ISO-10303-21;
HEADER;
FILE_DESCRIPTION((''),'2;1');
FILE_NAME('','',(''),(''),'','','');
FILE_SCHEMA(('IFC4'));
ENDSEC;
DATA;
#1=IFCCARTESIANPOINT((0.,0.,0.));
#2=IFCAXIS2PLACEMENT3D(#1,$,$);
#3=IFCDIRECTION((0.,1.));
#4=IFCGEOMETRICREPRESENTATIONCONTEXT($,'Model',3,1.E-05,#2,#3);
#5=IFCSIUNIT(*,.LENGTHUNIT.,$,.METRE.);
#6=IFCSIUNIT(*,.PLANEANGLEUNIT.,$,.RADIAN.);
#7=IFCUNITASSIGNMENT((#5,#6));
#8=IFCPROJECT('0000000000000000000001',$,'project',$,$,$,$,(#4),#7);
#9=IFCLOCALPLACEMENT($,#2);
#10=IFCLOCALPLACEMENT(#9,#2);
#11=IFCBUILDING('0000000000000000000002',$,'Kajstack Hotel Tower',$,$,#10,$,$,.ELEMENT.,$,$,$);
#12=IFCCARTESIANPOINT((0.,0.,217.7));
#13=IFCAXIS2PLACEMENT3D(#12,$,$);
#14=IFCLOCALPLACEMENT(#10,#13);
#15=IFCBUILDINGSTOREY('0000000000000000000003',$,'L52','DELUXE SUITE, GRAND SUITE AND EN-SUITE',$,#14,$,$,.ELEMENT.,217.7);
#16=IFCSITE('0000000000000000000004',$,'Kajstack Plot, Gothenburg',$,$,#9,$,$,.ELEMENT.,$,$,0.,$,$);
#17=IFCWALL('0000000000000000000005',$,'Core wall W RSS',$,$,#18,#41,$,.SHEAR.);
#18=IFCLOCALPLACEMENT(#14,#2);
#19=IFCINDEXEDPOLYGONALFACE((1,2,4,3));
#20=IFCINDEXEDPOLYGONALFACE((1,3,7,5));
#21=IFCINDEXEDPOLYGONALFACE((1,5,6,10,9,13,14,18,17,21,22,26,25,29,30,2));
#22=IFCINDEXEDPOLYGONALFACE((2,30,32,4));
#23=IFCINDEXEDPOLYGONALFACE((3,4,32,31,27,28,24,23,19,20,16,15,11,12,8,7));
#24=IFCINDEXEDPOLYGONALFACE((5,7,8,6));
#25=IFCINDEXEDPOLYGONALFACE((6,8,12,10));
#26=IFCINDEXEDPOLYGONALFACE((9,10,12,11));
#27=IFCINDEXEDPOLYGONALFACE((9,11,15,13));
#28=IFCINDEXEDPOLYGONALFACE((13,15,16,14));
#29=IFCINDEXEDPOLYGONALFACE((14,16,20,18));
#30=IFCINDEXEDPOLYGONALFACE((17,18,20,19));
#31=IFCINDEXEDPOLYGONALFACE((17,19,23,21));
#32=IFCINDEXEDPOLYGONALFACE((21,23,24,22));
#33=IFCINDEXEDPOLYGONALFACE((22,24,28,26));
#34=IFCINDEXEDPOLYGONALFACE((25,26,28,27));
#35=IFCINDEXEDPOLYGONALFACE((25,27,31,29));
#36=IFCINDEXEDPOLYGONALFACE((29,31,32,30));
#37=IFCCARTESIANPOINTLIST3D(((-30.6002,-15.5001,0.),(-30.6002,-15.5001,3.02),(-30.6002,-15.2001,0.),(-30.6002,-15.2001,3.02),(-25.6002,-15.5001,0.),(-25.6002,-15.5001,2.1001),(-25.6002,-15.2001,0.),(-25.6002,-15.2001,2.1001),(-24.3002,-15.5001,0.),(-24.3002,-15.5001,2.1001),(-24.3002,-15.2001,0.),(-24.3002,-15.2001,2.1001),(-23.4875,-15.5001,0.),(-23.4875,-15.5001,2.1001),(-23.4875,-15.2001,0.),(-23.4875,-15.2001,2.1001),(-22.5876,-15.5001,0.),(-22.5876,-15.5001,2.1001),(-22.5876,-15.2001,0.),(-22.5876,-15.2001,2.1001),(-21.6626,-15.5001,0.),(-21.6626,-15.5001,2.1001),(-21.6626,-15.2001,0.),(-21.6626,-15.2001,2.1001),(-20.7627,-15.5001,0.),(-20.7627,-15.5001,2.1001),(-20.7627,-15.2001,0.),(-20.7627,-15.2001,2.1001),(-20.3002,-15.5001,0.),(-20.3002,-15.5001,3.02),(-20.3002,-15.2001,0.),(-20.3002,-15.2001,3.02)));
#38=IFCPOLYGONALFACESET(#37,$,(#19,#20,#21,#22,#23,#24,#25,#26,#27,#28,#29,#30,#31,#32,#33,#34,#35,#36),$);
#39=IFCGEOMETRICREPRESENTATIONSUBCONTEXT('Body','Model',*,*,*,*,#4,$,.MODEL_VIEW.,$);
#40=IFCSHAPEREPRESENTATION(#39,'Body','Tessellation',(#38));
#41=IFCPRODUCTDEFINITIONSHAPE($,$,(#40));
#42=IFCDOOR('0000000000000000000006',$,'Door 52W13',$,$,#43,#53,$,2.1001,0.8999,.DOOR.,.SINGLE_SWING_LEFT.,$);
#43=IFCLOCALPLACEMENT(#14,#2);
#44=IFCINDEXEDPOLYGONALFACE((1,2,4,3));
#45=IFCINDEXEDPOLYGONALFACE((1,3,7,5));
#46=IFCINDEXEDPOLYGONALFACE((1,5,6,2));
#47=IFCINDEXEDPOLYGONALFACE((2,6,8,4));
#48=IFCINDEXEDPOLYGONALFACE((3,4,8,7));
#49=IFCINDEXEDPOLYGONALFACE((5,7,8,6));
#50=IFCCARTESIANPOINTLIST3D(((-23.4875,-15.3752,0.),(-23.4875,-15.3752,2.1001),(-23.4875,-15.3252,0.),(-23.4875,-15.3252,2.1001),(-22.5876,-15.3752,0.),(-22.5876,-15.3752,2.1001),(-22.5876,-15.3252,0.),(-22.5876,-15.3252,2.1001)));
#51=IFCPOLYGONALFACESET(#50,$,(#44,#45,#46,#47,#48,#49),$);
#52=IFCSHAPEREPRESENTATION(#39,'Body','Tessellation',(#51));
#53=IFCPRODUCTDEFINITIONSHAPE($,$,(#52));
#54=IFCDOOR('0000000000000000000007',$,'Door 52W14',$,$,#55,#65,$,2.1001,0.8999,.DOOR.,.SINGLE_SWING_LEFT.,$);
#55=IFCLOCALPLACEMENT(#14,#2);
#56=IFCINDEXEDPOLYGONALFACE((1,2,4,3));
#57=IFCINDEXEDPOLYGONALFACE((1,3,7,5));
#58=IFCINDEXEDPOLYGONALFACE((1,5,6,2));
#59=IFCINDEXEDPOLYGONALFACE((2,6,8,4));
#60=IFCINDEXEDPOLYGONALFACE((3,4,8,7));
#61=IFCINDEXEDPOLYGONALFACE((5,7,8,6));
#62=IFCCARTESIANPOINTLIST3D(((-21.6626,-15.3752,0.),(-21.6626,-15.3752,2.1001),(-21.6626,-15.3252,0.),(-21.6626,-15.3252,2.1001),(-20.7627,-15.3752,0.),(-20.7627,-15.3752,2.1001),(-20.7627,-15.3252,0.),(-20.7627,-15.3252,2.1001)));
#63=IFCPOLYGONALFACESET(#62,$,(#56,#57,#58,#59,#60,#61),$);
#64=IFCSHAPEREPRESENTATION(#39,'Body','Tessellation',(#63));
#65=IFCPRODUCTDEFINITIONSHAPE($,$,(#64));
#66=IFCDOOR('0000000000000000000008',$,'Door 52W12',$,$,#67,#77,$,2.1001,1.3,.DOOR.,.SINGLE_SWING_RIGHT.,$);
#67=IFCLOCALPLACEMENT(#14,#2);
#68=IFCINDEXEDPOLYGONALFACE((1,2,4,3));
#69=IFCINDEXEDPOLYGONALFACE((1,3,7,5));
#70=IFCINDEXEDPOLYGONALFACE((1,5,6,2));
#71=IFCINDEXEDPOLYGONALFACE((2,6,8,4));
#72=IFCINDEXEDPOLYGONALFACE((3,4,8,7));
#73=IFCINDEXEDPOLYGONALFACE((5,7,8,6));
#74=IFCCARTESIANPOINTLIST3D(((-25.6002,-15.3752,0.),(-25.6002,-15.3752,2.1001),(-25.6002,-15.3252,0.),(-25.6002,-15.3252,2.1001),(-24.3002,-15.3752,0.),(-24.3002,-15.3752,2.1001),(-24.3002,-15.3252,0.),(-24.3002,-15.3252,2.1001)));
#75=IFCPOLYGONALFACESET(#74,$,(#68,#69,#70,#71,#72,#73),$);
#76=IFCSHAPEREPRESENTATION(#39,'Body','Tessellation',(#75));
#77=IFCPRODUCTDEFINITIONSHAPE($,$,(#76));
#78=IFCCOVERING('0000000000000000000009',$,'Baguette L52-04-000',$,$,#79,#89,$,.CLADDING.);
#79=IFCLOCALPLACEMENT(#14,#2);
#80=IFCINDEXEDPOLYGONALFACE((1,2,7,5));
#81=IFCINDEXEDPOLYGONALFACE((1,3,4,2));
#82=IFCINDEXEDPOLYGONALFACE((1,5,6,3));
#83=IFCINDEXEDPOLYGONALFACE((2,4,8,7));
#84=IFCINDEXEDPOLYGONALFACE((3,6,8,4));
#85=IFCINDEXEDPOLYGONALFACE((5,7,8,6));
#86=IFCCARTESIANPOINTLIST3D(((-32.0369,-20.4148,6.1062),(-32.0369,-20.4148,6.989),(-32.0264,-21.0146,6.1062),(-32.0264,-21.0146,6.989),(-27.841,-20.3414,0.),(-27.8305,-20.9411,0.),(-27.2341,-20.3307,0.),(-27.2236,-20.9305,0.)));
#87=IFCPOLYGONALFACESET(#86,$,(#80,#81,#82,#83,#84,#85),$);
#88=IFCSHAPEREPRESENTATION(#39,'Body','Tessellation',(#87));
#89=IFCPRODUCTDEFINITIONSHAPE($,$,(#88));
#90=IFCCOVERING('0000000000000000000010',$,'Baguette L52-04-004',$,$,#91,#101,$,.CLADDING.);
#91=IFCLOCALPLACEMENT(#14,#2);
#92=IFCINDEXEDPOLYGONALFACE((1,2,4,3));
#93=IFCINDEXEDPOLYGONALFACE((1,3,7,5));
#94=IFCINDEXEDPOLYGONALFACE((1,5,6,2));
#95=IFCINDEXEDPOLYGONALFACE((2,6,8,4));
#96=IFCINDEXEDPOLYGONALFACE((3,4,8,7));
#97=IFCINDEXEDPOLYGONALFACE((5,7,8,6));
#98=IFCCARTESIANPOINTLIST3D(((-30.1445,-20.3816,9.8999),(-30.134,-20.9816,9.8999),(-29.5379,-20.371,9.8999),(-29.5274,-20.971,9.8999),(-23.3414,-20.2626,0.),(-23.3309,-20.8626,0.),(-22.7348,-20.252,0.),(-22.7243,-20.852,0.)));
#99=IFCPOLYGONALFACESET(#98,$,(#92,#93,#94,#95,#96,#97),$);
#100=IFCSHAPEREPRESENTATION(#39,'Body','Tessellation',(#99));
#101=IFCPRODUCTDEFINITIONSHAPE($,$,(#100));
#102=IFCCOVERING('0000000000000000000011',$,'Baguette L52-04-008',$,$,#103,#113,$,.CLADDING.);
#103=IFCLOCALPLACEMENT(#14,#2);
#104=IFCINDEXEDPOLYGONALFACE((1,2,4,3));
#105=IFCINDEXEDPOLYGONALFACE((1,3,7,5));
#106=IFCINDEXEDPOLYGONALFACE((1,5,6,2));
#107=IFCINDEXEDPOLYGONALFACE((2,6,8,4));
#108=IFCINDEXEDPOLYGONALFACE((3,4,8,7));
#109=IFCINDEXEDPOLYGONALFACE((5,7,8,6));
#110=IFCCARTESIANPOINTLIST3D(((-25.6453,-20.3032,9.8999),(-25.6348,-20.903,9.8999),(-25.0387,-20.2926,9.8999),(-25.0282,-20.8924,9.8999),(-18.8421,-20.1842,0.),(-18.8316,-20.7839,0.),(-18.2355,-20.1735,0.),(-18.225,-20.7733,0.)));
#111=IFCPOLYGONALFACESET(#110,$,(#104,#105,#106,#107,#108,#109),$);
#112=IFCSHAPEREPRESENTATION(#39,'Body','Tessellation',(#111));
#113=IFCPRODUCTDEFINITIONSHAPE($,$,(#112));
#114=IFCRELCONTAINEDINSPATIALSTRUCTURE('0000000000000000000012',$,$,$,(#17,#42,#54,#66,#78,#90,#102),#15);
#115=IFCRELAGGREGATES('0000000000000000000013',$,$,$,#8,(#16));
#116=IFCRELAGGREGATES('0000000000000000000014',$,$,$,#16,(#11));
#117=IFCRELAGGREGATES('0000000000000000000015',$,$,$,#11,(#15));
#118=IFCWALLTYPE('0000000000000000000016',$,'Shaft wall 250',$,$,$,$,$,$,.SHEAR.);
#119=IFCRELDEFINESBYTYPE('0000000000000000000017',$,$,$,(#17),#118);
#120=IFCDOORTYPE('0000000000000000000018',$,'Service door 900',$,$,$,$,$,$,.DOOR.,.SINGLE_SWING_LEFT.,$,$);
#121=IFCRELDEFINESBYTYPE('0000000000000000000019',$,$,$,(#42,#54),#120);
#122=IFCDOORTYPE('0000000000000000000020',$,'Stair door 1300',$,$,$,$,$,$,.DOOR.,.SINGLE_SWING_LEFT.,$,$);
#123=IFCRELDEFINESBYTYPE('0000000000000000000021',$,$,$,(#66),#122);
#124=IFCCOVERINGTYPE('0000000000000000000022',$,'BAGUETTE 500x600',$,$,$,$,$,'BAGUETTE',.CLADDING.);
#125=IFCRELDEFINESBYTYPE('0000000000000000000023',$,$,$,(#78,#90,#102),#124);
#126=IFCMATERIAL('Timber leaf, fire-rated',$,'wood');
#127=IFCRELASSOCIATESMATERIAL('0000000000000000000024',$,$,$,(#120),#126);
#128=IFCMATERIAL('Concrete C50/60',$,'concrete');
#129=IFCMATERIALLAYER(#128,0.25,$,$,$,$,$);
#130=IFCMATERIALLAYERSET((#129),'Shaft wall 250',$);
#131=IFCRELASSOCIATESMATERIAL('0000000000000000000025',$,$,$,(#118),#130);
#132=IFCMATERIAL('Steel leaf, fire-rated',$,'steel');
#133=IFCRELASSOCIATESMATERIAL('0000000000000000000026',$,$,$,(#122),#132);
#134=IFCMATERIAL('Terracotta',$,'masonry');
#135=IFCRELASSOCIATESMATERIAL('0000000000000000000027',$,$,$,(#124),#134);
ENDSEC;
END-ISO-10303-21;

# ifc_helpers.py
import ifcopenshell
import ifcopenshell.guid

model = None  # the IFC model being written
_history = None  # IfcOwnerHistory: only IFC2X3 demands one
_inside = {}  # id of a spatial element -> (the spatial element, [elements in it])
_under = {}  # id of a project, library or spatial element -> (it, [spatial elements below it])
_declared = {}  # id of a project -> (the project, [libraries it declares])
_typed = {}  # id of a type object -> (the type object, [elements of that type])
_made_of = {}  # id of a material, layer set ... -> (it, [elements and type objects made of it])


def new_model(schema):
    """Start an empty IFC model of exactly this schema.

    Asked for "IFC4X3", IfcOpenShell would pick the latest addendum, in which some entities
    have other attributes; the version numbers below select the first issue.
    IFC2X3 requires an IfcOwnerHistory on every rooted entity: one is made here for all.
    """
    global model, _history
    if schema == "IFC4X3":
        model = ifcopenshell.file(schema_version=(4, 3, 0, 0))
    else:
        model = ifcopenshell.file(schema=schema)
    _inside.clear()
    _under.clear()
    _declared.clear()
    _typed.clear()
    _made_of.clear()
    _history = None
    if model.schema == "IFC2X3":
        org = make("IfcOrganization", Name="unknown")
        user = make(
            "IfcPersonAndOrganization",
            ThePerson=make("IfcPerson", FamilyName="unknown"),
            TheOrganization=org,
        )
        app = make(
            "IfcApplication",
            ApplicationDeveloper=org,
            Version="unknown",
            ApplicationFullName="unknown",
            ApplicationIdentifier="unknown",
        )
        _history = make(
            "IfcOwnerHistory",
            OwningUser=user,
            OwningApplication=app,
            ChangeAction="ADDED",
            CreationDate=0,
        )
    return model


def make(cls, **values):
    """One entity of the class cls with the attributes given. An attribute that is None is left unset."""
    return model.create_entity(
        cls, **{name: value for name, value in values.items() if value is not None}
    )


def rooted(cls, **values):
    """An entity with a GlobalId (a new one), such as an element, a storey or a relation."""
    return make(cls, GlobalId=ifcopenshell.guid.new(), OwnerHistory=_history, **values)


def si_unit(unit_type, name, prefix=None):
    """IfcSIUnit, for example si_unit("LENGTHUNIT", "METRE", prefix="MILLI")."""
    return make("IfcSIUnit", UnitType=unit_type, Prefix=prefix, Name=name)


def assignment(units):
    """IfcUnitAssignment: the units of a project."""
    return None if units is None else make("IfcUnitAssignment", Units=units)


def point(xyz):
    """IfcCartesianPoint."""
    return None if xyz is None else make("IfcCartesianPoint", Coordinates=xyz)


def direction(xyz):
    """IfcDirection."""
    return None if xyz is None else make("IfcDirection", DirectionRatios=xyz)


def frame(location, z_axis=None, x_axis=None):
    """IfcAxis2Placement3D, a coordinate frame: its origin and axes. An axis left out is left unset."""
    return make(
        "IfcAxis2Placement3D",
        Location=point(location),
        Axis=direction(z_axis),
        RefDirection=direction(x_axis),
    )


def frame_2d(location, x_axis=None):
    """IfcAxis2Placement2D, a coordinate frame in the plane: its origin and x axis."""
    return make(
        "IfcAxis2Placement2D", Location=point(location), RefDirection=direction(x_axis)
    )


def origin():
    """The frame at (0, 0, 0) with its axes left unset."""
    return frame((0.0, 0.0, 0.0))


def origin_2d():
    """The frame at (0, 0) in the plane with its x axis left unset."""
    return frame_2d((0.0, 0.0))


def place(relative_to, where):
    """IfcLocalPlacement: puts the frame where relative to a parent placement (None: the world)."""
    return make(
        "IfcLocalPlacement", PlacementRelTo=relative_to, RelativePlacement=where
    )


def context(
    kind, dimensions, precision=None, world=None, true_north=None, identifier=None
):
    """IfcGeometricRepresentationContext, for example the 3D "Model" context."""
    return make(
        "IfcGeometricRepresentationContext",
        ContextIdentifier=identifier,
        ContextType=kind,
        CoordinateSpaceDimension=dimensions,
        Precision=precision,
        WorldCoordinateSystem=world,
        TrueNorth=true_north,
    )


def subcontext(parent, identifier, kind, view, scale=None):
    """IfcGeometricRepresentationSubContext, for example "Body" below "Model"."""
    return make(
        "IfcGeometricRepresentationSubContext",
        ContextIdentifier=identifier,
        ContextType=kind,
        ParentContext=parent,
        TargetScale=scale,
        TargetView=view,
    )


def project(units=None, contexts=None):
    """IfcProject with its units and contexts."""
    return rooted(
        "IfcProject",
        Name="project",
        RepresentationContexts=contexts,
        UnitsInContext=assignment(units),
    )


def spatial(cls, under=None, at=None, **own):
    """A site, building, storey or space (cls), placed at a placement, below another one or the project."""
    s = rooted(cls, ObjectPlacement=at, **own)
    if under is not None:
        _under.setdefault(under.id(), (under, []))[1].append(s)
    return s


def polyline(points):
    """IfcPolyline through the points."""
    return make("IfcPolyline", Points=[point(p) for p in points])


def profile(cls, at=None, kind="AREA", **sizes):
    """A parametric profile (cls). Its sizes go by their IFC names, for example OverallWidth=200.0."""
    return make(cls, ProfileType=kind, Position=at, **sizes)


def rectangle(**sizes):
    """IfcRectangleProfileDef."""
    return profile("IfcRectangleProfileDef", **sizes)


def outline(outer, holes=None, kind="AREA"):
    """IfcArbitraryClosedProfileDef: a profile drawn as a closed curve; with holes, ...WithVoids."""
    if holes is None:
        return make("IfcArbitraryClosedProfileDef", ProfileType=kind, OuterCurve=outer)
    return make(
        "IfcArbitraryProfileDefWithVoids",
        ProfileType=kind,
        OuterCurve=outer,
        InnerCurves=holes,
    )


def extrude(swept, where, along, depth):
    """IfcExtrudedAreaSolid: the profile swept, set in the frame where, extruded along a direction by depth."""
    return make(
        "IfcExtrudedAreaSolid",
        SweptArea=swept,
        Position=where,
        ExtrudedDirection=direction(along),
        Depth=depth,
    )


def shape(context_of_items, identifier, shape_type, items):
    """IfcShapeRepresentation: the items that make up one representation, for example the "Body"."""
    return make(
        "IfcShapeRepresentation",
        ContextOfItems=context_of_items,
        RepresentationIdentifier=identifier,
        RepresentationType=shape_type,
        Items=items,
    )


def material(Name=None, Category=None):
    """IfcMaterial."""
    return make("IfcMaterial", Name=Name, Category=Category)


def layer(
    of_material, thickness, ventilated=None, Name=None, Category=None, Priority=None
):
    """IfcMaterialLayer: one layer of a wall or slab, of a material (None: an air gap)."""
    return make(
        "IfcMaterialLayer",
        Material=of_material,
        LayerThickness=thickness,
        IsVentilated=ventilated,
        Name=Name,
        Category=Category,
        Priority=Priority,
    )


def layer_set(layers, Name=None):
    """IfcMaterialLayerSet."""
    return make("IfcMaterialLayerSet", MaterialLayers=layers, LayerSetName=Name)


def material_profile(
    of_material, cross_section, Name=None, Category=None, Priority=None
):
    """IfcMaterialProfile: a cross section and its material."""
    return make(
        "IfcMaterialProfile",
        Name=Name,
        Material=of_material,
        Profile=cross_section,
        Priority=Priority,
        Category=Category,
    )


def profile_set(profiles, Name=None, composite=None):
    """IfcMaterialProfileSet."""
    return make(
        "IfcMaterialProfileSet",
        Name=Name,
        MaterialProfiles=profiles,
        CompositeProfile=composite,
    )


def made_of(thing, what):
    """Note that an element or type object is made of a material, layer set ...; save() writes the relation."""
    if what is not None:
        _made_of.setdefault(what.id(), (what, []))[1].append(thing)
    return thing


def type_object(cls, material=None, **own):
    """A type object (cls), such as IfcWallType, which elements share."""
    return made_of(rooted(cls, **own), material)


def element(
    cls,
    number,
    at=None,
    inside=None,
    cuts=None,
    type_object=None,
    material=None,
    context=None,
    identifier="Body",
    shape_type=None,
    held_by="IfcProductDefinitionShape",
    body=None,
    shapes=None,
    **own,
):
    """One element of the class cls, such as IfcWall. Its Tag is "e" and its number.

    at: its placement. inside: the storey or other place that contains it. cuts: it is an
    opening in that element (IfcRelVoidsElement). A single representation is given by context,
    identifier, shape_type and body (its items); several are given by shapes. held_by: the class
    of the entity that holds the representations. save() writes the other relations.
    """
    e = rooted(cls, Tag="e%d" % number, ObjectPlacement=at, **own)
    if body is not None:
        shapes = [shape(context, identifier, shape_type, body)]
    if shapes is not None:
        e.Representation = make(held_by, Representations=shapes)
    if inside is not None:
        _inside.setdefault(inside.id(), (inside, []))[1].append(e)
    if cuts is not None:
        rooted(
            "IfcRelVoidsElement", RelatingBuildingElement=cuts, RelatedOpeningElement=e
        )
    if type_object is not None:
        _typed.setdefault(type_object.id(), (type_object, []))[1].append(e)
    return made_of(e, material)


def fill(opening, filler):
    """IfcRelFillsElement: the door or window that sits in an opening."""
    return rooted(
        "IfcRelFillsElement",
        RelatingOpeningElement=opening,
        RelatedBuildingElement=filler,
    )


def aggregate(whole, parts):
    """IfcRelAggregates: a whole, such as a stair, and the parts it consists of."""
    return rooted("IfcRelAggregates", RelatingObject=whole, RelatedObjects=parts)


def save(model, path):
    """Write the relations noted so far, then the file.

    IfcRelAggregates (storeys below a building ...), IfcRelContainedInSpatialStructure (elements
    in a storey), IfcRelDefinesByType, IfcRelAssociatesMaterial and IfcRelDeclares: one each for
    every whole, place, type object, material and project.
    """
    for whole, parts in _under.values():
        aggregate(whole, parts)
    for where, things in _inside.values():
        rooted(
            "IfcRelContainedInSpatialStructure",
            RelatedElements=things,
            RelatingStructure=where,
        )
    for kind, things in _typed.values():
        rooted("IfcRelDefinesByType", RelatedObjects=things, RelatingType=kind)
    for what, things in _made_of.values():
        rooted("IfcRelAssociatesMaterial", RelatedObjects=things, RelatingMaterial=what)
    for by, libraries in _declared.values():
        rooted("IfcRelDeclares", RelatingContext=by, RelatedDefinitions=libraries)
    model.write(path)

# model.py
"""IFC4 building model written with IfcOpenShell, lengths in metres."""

from ifc_helpers import new_model, si_unit, direction, frame, frame_2d, origin, origin_2d, place, context, subcontext, project, spatial, polyline, rectangle, outline, extrude, material, layer, layer_set, material_profile, profile_set, type_object, element, fill, save


model = new_model("IFC4")

# Units and contexts
model_context = context("Model", 3, precision=1e-05, world=origin(), true_north=direction((0.0, 1.0)))
body_context = subcontext(model_context, "Body", "Model", "MODEL_VIEW")
ifc_project = project(units=[si_unit("LENGTHUNIT", "METRE"), si_unit("PLANEANGLEUNIT", "RADIAN")], contexts=[model_context])

# Site, building, storey
site_placement = place(None, origin())
site = spatial("IfcSite", under=ifc_project, at=site_placement, Name="Kajstack Plot, Gothenburg", CompositionType="ELEMENT", RefElevation=0.0)
building_placement = place(site_placement, origin())
building = spatial("IfcBuilding", under=site, at=building_placement, Name="Kajstack Hotel Tower", CompositionType="ELEMENT")
storey_placement = place(building_placement, frame((0.0, 0.0, 217.7)))
storey = spatial("IfcBuildingStorey", under=building, at=storey_placement, Name="L52", Description="DELUXE SUITE, GRAND SUITE AND EN-SUITE", CompositionType="ELEMENT", Elevation=217.7)

# Wall, openings, doors
ifc_material_1 = material(Name="Timber leaf, fire-rated", Category="wood")
door_type_1 = type_object("IfcDoorType", Name="Service door 900", OperationType="SINGLE_SWING_LEFT", PredefinedType="DOOR", material=ifc_material_1)
ifc_material_2 = material(Name="Concrete C50/60", Category="concrete")
ifc_layer_1 = layer(ifc_material_2, 0.25)
ifc_layer_set_1 = layer_set([ifc_layer_1], Name="Shaft wall 250")
wall_type_1 = type_object("IfcWallType", Name="Shaft wall 250", PredefinedType="SHEAR", material=ifc_layer_set_1)
wall_1_placement = place(storey_placement, frame((-30.6001, -15.3501, 0.0), z_axis=(0.0, 0.0, 1.0), x_axis=(1.0, 0.0, 0.0)))
wall_1 = element("IfcWall", 1, at=wall_1_placement, inside=storey, type_object=wall_type_1, Name="Core wall W RSS", PredefinedType="SHEAR", context=body_context, shape_type="SweptSolid", body=[
    extrude(rectangle(XDim=10.3, YDim=0.3, at=frame_2d((5.1499, 0.0))), origin(), (0.0, 0.0, 1.0), 3.02),
])
opening_1_placement = place(wall_1_placement, frame((5.0, 0.0, 0.0)))
opening_1 = element("IfcOpeningElement", 2, at=opening_1_placement, cuts=wall_1, PredefinedType="OPENING", context=body_context, shape_type="SweptSolid", body=[
    extrude(rectangle(XDim=1.3, YDim=2.1001, at=frame_2d((0.6499, 1.05))), frame((0.0, 0.1599, 0.0), z_axis=(0.0, -1.0, 0.0), x_axis=(1.0, 0.0, 0.0)), (0.0, 0.0, 1.0), 0.3201),
])
opening_2_placement = place(wall_1_placement, frame((7.1125, 0.0, 0.0)))
opening_2 = element("IfcOpeningElement", 3, at=opening_2_placement, cuts=wall_1, PredefinedType="OPENING", context=body_context, shape_type="SweptSolid", body=[
    extrude(rectangle(XDim=0.8999, YDim=2.1001, at=frame_2d((0.45, 1.05))), frame((0.0, 0.1599, 0.0), z_axis=(0.0, -1.0, 0.0), x_axis=(1.0, 0.0, 0.0)), (0.0, 0.0, 1.0), 0.3201),
])
opening_3_placement = place(wall_1_placement, frame((8.9375, 0.0, 0.0)))
opening_3 = element("IfcOpeningElement", 4, at=opening_3_placement, cuts=wall_1, PredefinedType="OPENING", context=body_context, shape_type="SweptSolid", body=[
    extrude(rectangle(XDim=0.8999, YDim=2.1001, at=frame_2d((0.45, 1.05))), frame((0.0, 0.1599, 0.0), z_axis=(0.0, -1.0, 0.0), x_axis=(1.0, 0.0, 0.0)), (0.0, 0.0, 1.0), 0.3201),
])
door_1_placement = place(opening_2_placement, origin())
door_1 = element("IfcDoor", 5, at=door_1_placement, inside=storey, type_object=door_type_1, Name="Door 52W13", OperationType="SINGLE_SWING_LEFT", OverallHeight=2.1001, OverallWidth=0.8999, PredefinedType="DOOR", context=body_context, shape_type="SweptSolid", body=[
    extrude(rectangle(XDim=0.8999, YDim=2.1001, at=frame_2d((0.45, 1.05))), frame((0.0, 0.0249, 0.0), z_axis=(0.0, -1.0, 0.0), x_axis=(1.0, 0.0, 0.0)), (0.0, 0.0, 1.0), 0.05),
])
fill(opening_2, door_1)
door_2_placement = place(opening_3_placement, origin())
door_2 = element("IfcDoor", 6, at=door_2_placement, inside=storey, type_object=door_type_1, Name="Door 52W14", OperationType="SINGLE_SWING_LEFT", OverallHeight=2.1001, OverallWidth=0.8999, PredefinedType="DOOR", context=body_context, shape_type="SweptSolid", body=[
    extrude(rectangle(XDim=0.8999, YDim=2.1001, at=frame_2d((0.45, 1.05))), frame((0.0, 0.0249, 0.0), z_axis=(0.0, -1.0, 0.0), x_axis=(1.0, 0.0, 0.0)), (0.0, 0.0, 1.0), 0.05),
])
fill(opening_3, door_2)
ifc_material_3 = material(Name="Steel leaf, fire-rated", Category="steel")
door_type_2 = type_object("IfcDoorType", Name="Stair door 1300", OperationType="SINGLE_SWING_LEFT", PredefinedType="DOOR", material=ifc_material_3)
door_3_placement = place(opening_1_placement, origin())
door_3 = element("IfcDoor", 7, at=door_3_placement, inside=storey, type_object=door_type_2, Name="Door 52W12", OperationType="SINGLE_SWING_RIGHT", OverallHeight=2.1001, OverallWidth=1.3, PredefinedType="DOOR", context=body_context, shape_type="SweptSolid", body=[
    extrude(rectangle(XDim=1.3, YDim=2.1001, at=frame_2d((0.6499, 1.05))), frame((0.0, 0.0249, 0.0), z_axis=(0.0, -1.0, 0.0), x_axis=(1.0, 0.0, 0.0)), (0.0, 0.0, 1.0), 0.05),
])
fill(opening_1, door_3)

# Coverings
ifc_material_4 = material(Name="Terracotta", Category="masonry")
ifc_material_profile = material_profile(ifc_material_4, rectangle(XDim=0.6001, YDim=0.5, at=origin_2d()), Name="Terracotta-clad concrete baguette 500 x 600")
ifc_profile_set = profile_set([ifc_material_profile], Name="Terracotta")
covering_type = type_object("IfcCoveringType", Name="BAGUETTE 500x600", ElementType="BAGUETTE", PredefinedType="CLADDING", material=ifc_profile_set)
covering_1_placement = place(storey_placement, frame((-32.0369, -20.4148, 0.0), z_axis=(0.017498, -0.999847, 0.0), x_axis=(0.999847, 0.017498, 0.0)))
element("IfcCovering", 8, at=covering_1_placement, inside=storey, type_object=covering_type, Name="Baguette L52-04-000", PredefinedType="CLADDING", context=body_context, shape_type="SweptSolid", body=[
    extrude(outline(polyline([(4.8035, 0.0), (0.0, 6.989), (0.0, 6.1062), (4.1965, 0.0), (4.8035, 0.0)])), origin(), (0.0, 0.0, 1.0), 0.5999),
])
covering_2_placement = place(storey_placement, frame((-30.1445, -20.3816, 0.0), z_axis=(0.017491, -0.999847, 0.0), x_axis=(0.999847, 0.017491, 0.0)))
element("IfcCovering", 9, at=covering_2_placement, inside=storey, type_object=covering_type, Name="Baguette L52-04-004", PredefinedType="CLADDING", context=body_context, shape_type="SweptSolid", body=[
    extrude(outline(polyline([(0.0, 9.8999), (6.8042, 0.0), (7.4109, 0.0), (0.6067, 9.8999), (0.0, 9.8999)])), origin(), (0.0, 0.0, 1.0), 0.6001),
])
covering_3_placement = place(storey_placement, frame((-25.6453, -20.3032, 0.0), z_axis=(0.017498, -0.999847, 0.0), x_axis=(0.999847, 0.017498, 0.0)))
element("IfcCovering", 10, at=covering_3_placement, inside=storey, type_object=covering_type, Name="Baguette L52-04-008", PredefinedType="CLADDING", context=body_context, shape_type="SweptSolid", body=[
    extrude(outline(polyline([(0.0, 9.8999), (6.8042, 0.0), (7.4109, 0.0), (0.6067, 9.8999), (0.0, 9.8999)])), origin(), (0.0, 0.0, 1.0), 0.5999),
])

save(model, "model.ifc")
